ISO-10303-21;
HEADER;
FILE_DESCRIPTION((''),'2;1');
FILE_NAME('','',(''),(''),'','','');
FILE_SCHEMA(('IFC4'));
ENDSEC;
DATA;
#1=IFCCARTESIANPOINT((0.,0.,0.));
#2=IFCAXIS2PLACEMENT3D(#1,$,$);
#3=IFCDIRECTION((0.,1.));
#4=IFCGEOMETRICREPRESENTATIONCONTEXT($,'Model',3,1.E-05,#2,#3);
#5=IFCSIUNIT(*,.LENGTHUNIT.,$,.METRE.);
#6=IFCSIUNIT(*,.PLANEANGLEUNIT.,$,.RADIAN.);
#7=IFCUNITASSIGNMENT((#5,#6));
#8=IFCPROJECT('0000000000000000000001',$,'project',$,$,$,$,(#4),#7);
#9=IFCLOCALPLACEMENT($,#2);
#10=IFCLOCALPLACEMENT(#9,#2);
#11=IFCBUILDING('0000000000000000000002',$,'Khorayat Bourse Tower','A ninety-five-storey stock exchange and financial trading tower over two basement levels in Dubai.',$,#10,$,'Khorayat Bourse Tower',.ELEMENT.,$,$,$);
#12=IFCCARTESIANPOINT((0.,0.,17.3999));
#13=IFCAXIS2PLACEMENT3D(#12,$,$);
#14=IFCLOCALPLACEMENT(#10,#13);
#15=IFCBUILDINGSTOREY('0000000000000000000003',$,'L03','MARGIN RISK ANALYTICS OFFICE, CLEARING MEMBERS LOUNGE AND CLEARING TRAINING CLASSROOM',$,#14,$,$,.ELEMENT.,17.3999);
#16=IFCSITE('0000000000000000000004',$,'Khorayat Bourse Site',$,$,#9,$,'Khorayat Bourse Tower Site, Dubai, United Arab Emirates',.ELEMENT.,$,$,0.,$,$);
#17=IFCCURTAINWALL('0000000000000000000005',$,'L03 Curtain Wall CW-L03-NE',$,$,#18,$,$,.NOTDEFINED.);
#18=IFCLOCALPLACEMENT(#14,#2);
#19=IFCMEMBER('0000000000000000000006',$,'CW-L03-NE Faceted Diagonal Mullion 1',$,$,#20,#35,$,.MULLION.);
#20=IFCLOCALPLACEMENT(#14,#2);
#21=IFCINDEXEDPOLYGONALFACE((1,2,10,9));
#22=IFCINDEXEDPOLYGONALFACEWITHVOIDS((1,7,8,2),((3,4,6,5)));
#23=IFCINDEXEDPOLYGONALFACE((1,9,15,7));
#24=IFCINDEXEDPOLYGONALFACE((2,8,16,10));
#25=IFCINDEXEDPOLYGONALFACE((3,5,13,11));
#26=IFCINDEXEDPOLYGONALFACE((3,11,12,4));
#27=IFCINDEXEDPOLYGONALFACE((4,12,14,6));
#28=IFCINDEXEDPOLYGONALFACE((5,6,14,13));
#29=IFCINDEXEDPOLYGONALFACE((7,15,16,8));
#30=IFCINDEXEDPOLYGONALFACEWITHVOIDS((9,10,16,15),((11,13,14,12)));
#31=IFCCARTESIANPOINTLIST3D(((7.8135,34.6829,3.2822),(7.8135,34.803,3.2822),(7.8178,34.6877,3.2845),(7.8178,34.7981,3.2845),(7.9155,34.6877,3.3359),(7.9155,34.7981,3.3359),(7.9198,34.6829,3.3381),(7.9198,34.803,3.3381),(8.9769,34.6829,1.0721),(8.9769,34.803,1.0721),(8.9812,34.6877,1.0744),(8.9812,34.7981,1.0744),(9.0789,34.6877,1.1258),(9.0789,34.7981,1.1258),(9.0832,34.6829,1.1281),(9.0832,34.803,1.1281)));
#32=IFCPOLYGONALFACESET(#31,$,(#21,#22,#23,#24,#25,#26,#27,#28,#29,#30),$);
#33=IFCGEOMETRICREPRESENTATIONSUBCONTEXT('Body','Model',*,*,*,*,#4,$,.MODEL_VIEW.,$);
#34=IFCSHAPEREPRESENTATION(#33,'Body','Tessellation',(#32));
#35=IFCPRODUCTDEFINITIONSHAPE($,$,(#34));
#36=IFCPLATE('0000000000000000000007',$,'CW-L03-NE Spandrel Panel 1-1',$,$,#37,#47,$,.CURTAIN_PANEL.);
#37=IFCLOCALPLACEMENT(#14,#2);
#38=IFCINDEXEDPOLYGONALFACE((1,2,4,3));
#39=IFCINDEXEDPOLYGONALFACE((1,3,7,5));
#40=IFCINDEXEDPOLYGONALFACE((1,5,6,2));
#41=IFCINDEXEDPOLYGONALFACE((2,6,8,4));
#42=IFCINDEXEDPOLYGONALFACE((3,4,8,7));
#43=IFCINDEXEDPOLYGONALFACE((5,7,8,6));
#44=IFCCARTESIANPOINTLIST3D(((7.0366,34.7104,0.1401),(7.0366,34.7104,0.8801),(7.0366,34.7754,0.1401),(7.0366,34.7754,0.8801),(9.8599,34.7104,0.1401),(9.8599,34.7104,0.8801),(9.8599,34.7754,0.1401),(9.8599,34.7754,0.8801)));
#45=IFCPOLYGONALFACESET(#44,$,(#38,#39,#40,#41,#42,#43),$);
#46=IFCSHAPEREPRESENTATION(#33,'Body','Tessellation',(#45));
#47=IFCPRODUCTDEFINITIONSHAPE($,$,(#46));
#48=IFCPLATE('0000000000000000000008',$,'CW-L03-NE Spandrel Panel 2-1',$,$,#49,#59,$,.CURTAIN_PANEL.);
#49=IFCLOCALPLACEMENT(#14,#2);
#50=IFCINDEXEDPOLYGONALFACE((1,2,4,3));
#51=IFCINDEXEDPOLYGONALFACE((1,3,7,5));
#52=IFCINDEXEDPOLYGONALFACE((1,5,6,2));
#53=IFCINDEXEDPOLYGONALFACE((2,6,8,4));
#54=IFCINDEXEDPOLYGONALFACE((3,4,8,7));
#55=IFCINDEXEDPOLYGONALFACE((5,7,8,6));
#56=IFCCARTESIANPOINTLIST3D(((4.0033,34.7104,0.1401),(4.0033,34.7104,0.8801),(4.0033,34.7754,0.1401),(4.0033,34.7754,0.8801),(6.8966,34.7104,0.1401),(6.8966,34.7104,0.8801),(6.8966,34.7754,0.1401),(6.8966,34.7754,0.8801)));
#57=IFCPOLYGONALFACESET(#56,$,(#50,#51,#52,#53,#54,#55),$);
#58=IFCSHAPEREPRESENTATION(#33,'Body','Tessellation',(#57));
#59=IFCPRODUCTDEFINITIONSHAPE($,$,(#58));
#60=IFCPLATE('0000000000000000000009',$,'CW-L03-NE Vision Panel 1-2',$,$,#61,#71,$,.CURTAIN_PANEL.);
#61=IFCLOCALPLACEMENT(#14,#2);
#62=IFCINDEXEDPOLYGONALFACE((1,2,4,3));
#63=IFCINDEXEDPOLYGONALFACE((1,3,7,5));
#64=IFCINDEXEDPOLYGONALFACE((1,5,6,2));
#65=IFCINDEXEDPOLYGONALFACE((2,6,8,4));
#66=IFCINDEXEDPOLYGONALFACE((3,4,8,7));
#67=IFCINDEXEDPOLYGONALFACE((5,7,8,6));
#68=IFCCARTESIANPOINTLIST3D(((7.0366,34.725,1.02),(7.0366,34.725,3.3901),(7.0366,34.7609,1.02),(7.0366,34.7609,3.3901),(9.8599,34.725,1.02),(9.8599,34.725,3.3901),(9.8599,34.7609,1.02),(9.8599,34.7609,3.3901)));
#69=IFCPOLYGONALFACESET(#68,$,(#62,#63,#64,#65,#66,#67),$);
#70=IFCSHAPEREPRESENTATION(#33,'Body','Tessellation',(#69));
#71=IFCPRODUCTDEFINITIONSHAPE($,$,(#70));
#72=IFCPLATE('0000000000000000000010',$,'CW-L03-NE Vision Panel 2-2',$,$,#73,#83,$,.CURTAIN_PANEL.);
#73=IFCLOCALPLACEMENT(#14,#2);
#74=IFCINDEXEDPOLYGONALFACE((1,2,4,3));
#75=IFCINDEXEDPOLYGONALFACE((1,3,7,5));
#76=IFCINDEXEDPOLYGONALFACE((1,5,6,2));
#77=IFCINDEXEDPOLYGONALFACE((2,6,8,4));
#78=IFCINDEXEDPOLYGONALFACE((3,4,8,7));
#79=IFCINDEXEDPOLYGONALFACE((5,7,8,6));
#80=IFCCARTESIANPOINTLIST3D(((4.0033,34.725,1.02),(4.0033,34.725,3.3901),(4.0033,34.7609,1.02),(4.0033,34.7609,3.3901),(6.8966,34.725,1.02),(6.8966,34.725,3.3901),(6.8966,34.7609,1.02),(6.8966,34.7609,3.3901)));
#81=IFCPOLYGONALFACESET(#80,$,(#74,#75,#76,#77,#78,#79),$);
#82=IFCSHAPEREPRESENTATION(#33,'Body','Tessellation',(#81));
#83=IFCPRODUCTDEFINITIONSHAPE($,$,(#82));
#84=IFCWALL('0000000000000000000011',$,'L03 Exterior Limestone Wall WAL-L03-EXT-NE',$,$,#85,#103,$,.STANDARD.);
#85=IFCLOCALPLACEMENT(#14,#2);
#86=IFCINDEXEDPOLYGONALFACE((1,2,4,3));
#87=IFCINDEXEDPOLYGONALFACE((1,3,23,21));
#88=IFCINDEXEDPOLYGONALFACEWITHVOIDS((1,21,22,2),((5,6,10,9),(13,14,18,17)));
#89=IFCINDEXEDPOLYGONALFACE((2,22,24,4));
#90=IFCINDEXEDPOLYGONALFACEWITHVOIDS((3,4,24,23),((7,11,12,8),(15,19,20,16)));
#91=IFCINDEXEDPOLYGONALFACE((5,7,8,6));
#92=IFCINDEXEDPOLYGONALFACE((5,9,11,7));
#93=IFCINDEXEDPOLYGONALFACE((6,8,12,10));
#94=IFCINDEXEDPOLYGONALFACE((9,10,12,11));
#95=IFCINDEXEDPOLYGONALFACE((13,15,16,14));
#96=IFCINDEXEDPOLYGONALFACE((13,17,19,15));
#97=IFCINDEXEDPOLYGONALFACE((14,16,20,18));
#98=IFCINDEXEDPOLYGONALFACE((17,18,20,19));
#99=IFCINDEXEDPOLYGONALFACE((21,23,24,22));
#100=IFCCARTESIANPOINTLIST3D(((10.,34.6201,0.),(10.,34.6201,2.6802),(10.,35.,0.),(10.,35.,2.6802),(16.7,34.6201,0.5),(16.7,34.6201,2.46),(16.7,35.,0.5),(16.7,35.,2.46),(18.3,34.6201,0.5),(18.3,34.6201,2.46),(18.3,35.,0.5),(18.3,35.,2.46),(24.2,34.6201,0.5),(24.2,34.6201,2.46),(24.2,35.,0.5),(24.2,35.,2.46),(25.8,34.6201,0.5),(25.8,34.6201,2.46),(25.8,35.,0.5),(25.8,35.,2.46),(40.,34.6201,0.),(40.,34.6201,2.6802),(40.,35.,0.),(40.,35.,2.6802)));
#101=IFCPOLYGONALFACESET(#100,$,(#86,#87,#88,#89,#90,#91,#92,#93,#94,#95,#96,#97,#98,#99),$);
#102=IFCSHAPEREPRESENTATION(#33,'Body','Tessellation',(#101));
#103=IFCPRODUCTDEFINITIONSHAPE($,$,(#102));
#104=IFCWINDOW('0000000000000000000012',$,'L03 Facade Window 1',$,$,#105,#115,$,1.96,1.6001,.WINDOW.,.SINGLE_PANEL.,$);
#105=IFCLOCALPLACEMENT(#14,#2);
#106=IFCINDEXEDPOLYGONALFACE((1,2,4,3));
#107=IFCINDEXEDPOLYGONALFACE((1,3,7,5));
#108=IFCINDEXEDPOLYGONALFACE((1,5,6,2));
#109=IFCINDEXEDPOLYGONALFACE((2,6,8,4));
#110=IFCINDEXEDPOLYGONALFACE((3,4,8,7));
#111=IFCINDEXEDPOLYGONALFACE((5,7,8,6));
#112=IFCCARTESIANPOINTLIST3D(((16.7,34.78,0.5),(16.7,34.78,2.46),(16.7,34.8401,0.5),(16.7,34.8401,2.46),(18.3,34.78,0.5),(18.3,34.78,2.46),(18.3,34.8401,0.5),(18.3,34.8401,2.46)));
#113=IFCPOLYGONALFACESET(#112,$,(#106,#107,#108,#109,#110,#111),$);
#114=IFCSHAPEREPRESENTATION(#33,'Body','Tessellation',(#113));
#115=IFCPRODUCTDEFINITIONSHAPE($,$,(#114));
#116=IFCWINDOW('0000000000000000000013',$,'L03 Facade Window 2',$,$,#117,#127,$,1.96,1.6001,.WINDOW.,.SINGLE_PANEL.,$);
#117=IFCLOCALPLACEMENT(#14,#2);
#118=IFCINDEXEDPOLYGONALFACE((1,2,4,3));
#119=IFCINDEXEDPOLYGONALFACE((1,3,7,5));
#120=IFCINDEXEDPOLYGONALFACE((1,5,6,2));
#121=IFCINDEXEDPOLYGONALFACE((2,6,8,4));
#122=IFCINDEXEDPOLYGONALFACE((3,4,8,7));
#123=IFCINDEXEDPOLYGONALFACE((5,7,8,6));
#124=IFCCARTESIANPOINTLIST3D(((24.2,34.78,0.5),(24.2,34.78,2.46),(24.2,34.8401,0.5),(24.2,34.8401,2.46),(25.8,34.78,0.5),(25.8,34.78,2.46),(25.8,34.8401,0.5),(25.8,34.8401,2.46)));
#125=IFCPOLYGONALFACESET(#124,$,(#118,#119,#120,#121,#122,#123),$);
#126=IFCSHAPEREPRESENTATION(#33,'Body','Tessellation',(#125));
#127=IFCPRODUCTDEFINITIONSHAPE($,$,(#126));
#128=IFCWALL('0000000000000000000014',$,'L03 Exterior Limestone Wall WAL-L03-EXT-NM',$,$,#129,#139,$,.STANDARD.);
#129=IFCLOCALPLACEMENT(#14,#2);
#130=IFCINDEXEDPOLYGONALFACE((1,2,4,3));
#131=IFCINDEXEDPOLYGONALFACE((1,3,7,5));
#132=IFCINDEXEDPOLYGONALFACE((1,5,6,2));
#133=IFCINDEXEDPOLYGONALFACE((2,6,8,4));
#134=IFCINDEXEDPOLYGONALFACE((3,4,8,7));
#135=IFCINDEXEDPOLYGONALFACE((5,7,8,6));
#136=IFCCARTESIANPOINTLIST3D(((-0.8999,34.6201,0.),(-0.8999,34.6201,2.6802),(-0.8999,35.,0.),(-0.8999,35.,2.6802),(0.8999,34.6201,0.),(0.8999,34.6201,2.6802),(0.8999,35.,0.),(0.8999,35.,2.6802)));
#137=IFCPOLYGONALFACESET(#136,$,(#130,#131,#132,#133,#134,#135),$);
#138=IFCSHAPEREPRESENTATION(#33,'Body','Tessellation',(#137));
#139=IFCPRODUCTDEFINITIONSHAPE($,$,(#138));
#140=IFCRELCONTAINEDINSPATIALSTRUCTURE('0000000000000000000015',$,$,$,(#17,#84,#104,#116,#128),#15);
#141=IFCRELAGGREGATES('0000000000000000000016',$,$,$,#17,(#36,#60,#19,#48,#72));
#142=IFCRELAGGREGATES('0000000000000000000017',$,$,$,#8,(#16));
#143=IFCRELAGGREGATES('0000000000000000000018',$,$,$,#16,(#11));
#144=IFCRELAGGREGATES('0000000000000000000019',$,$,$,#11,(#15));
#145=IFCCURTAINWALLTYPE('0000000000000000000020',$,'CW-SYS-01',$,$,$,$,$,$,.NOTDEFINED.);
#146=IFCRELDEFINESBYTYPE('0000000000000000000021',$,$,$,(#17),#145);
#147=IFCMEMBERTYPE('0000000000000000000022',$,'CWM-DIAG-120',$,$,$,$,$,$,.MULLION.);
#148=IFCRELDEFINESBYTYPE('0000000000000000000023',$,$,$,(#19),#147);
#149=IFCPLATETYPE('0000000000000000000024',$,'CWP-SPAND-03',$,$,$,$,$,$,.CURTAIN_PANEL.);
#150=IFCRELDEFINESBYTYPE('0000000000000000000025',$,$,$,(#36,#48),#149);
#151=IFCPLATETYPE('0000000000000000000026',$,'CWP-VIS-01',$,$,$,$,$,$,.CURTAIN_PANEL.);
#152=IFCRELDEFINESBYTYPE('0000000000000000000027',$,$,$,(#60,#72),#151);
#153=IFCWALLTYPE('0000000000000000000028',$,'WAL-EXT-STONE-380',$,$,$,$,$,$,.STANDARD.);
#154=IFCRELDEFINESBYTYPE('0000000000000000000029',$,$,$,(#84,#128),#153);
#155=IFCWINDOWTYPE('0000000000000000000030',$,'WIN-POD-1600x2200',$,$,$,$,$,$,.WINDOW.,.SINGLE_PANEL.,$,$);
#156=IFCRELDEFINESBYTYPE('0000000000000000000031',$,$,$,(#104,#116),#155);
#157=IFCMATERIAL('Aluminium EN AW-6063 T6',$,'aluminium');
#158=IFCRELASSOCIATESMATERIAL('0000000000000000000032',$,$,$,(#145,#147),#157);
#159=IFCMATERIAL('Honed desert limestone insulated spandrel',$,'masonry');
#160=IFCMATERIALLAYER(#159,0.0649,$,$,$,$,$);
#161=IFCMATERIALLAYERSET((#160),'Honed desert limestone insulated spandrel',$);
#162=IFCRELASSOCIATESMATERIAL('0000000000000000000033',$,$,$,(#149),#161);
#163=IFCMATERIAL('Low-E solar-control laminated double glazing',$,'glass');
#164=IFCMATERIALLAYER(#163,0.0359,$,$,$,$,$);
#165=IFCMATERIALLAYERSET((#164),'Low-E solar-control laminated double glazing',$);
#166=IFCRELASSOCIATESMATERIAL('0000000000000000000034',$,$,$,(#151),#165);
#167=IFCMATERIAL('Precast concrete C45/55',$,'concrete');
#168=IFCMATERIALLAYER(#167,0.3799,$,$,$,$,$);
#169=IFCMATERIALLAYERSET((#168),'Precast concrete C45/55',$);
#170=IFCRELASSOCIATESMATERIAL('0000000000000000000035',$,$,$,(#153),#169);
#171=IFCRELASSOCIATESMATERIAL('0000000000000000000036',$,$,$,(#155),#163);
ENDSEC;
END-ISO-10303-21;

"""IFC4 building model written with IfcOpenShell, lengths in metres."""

from ifc_helpers import new_model, si_unit, direction, frame, frame_2d, origin, origin_2d, place, context, subcontext, project, spatial, rectangle, hollow_rectangle, extrude, source, transform, mapped, material, layer, layer_set, material_profile, profile_set, type_object, element, fill, aggregate, save


model = new_model("IFC4")

# Units and contexts
model_context = context("Model", 3, precision=1e-05, world=origin(), true_north=direction((0.0, 1.0)))
body_context = subcontext(model_context, "Body", "Model", "MODEL_VIEW")
ifc_project = project(units=[si_unit("LENGTHUNIT", "METRE"), si_unit("PLANEANGLEUNIT", "RADIAN")], contexts=[model_context])

# Site, building, storey
site_placement = place(None, origin())
site = spatial("IfcSite", under=ifc_project, at=site_placement, Name="Khorayat Bourse Site", LongName="Khorayat Bourse Tower Site, Dubai, United Arab Emirates", CompositionType="ELEMENT", RefElevation=0.0)
building_placement = place(site_placement, origin())
building = spatial("IfcBuilding", under=site, at=building_placement, Name="Khorayat Bourse Tower", Description="A ninety-five-storey stock exchange and financial trading tower over two basement levels in Dubai.", LongName="Khorayat Bourse Tower", CompositionType="ELEMENT")
storey_placement = place(building_placement, frame((0.0, 0.0, 17.3999)))
storey = spatial("IfcBuildingStorey", under=building, at=storey_placement, Name="L03", Description="MARGIN RISK ANALYTICS OFFICE, CLEARING MEMBERS LOUNGE AND CLEARING TRAINING CLASSROOM", CompositionType="ELEMENT", Elevation=17.3999)

# Curtain wall, member, plates
ifc_material_1 = material(Name="Aluminium EN AW-6063 T6", Category="aluminium")
curtain_wall_type = type_object("IfcCurtainWallType", Name="CW-SYS-01", PredefinedType="NOTDEFINED", material=ifc_material_1)
curtain_wall_placement = place(storey_placement, origin())
curtain_wall = element("IfcCurtainWall", 1, at=curtain_wall_placement, inside=storey, type_object=curtain_wall_type, Name="L03 Curtain Wall CW-L03-NE", PredefinedType="NOTDEFINED")
ifc_material_profile_1 = material_profile(ifc_material_1, hollow_rectangle(XDim=0.1201, YDim=0.1201, WallThickness=0.0049, at=origin_2d()), Name="ALU 120x120x5")
ifc_profile_set_1 = profile_set([ifc_material_profile_1], Name="Aluminium EN AW-6063 T6")
member_type_1 = type_object("IfcMemberType", Name="CWM-DIAG-120", PredefinedType="MULLION", material=ifc_profile_set_1)
shared_shape_1 = source(origin(), body_context, "Body", "SweptSolid", [
    extrude(hollow_rectangle(XDim=0.1201, YDim=0.1201, WallThickness=0.0049, at=origin_2d()), origin(), (0.0, 0.0, 1.0), 2.4976),
])
member_1_placement = place(storey_placement, frame((9.03, 34.7429, 1.1001), z_axis=(-0.465807, 0.0, 0.884886), x_axis=(0.0, -1.0, 0.0)))
member_1 = element("IfcMember", 2, at=member_1_placement, type_object=member_type_1, Name="CW-L03-NE Faceted Diagonal Mullion 1", PredefinedType="MULLION", context=body_context, shape_type="MappedRepresentation", body=[
    mapped(shared_shape_1, transform((0.0, 0.0, 0.0), scale=1.0)),
])
ifc_material_2 = material(Name="Honed desert limestone insulated spandrel", Category="masonry")
ifc_layer_1 = layer(ifc_material_2, 0.0649)
ifc_layer_set_1 = layer_set([ifc_layer_1], Name="Honed desert limestone insulated spandrel")
plate_type_1 = type_object("IfcPlateType", Name="CWP-SPAND-03", PredefinedType="CURTAIN_PANEL", material=ifc_layer_set_1)
shared_shape_2 = source(origin(), body_context, "Body", "SweptSolid", [
    extrude(rectangle(XDim=2.8232, YDim=0.0649, at=origin_2d()), origin(), (0.0, 0.0, 1.0), 0.74),
])
plate_1_placement = place(storey_placement, frame((8.4482, 34.7429, 0.1401), z_axis=(0.0, 0.0, 1.0), x_axis=(-1.0, 0.0, 0.0)))
plate_1 = element("IfcPlate", 3, at=plate_1_placement, type_object=plate_type_1, Name="CW-L03-NE Spandrel Panel 1-1", PredefinedType="CURTAIN_PANEL", context=body_context, shape_type="MappedRepresentation", body=[
    mapped(shared_shape_2, transform((0.0, 0.0, 0.0), scale=1.0)),
])
shared_shape_3 = source(origin(), body_context, "Body", "SweptSolid", [
    extrude(rectangle(XDim=2.8933, YDim=0.0649, at=origin_2d()), origin(), (0.0, 0.0, 1.0), 0.74),
])
plate_2_placement = place(storey_placement, frame((5.45, 34.7429, 0.1401), z_axis=(0.0, 0.0, 1.0), x_axis=(-1.0, 0.0, 0.0)))
plate_2 = element("IfcPlate", 4, at=plate_2_placement, type_object=plate_type_1, Name="CW-L03-NE Spandrel Panel 2-1", PredefinedType="CURTAIN_PANEL", context=body_context, shape_type="MappedRepresentation", body=[
    mapped(shared_shape_3, transform((0.0, 0.0, 0.0), scale=1.0)),
])
ifc_material_3 = material(Name="Low-E solar-control laminated double glazing", Category="glass")
ifc_layer_2 = layer(ifc_material_3, 0.0359)
ifc_layer_set_2 = layer_set([ifc_layer_2], Name="Low-E solar-control laminated double glazing")
plate_type_2 = type_object("IfcPlateType", Name="CWP-VIS-01", PredefinedType="CURTAIN_PANEL", material=ifc_layer_set_2)
shared_shape_4 = source(origin(), body_context, "Body", "SweptSolid", [
    extrude(rectangle(XDim=2.8232, YDim=0.0359, at=origin_2d()), origin(), (0.0, 0.0, 1.0), 2.3701),
])
plate_3_placement = place(storey_placement, frame((8.4482, 34.7429, 1.02), z_axis=(0.0, 0.0, 1.0), x_axis=(-1.0, 0.0, 0.0)))
plate_3 = element("IfcPlate", 5, at=plate_3_placement, type_object=plate_type_2, Name="CW-L03-NE Vision Panel 1-2", PredefinedType="CURTAIN_PANEL", context=body_context, shape_type="MappedRepresentation", body=[
    mapped(shared_shape_4, transform((0.0, 0.0, 0.0), scale=1.0)),
])
shared_shape_5 = source(origin(), body_context, "Body", "SweptSolid", [
    extrude(rectangle(XDim=2.8933, YDim=0.0359, at=origin_2d()), origin(), (0.0, 0.0, 1.0), 2.3701),
])
plate_4_placement = place(storey_placement, frame((5.45, 34.7429, 1.02), z_axis=(0.0, 0.0, 1.0), x_axis=(-1.0, 0.0, 0.0)))
plate_4 = element("IfcPlate", 6, at=plate_4_placement, type_object=plate_type_2, Name="CW-L03-NE Vision Panel 2-2", PredefinedType="CURTAIN_PANEL", context=body_context, shape_type="MappedRepresentation", body=[
    mapped(shared_shape_5, transform((0.0, 0.0, 0.0), scale=1.0)),
])
aggregate(curtain_wall, [plate_1, plate_3, member_1, plate_2, plate_4])

# Wall, openings, windows
ifc_material_4 = material(Name="Precast concrete C45/55", Category="concrete")
ifc_layer_3 = layer(ifc_material_4, 0.3799)
ifc_layer_set_3 = layer_set([ifc_layer_3], Name="Precast concrete C45/55")
wall_type = type_object("IfcWallType", Name="WAL-EXT-STONE-380", PredefinedType="STANDARD", material=ifc_layer_set_3)
shared_shape_6 = source(origin(), body_context, "Body", "SweptSolid", [
    extrude(rectangle(XDim=30.0, YDim=0.3799, at=frame_2d((15.0, 0.0))), origin(), (0.0, 0.0, 1.0), 2.6802),
])
wall_1_placement = place(storey_placement, frame((10.0, 34.8101, 0.0), z_axis=(0.0, 0.0, 1.0), x_axis=(1.0, 0.0, 0.0)))
wall_1 = element("IfcWall", 7, at=wall_1_placement, inside=storey, type_object=wall_type, Name="L03 Exterior Limestone Wall WAL-L03-EXT-NE", PredefinedType="STANDARD", context=body_context, shape_type="MappedRepresentation", body=[
    mapped(shared_shape_6, transform((0.0, 0.0, 0.0), scale=1.0)),
])
shared_shape_7 = source(origin(), body_context, "Body", "SweptSolid", [
    extrude(rectangle(XDim=1.6001, YDim=1.96, at=frame_2d((0.8, 0.98))), frame((0.0, 0.2, 0.0), z_axis=(0.0, -1.0, 0.0), x_axis=(1.0, 0.0, 0.0)), (0.0, 0.0, 1.0), 0.3999),
])
opening_1_placement = place(wall_1_placement, frame((6.7, 0.0, 0.5)))
opening_1 = element("IfcOpeningElement", 8, at=opening_1_placement, cuts=wall_1, PredefinedType="OPENING", context=body_context, shape_type="MappedRepresentation", body=[
    mapped(shared_shape_7, transform((0.0, 0.0, 0.0), scale=1.0)),
])
opening_2_placement = place(wall_1_placement, frame((14.2, 0.0, 0.5)))
opening_2 = element("IfcOpeningElement", 9, at=opening_2_placement, cuts=wall_1, PredefinedType="OPENING", context=body_context, shape_type="MappedRepresentation", body=[
    mapped(shared_shape_7, transform((0.0, 0.0, 0.0), scale=1.0)),
])
window_type = type_object("IfcWindowType", Name="WIN-POD-1600x2200", PartitioningType="SINGLE_PANEL", PredefinedType="WINDOW", material=ifc_material_3)
shared_shape_8 = source(origin(), body_context, "Body", "SweptSolid", [
    extrude(rectangle(XDim=1.6001, YDim=1.96, at=frame_2d((0.8, 0.98))), frame((0.0, 0.03, 0.0), z_axis=(0.0, -1.0, 0.0), x_axis=(1.0, 0.0, 0.0)), (0.0, 0.0, 1.0), 0.0601),
])
window_1_placement = place(opening_1_placement, origin())
window_1 = element("IfcWindow", 10, at=window_1_placement, inside=storey, type_object=window_type, Name="L03 Facade Window 1", OverallHeight=1.96, OverallWidth=1.6001, PartitioningType="SINGLE_PANEL", PredefinedType="WINDOW", context=body_context, shape_type="MappedRepresentation", body=[
    mapped(shared_shape_8, transform((0.0, 0.0, 0.0), scale=1.0)),
])
fill(opening_1, window_1)
window_2_placement = place(opening_2_placement, origin())
window_2 = element("IfcWindow", 11, at=window_2_placement, inside=storey, type_object=window_type, Name="L03 Facade Window 2", OverallHeight=1.96, OverallWidth=1.6001, PartitioningType="SINGLE_PANEL", PredefinedType="WINDOW", context=body_context, shape_type="MappedRepresentation", body=[
    mapped(shared_shape_8, transform((0.0, 0.0, 0.0), scale=1.0)),
])
fill(opening_2, window_2)

# Wall
shared_shape_9 = source(origin(), body_context, "Body", "SweptSolid", [
    extrude(rectangle(XDim=1.7998, YDim=0.3799, at=frame_2d((0.8999, 0.0))), origin(), (0.0, 0.0, 1.0), 2.6802),
])
wall_2_placement = place(storey_placement, frame((-0.8999, 34.8101, 0.0), z_axis=(0.0, 0.0, 1.0), x_axis=(1.0, 0.0, 0.0)))
element("IfcWall", 12, at=wall_2_placement, inside=storey, type_object=wall_type, Name="L03 Exterior Limestone Wall WAL-L03-EXT-NM", PredefinedType="STANDARD", context=body_context, shape_type="MappedRepresentation", body=[
    mapped(shared_shape_9, transform((0.0, 0.0, 0.0), scale=1.0)),
])

save(model, "model.ifc")
